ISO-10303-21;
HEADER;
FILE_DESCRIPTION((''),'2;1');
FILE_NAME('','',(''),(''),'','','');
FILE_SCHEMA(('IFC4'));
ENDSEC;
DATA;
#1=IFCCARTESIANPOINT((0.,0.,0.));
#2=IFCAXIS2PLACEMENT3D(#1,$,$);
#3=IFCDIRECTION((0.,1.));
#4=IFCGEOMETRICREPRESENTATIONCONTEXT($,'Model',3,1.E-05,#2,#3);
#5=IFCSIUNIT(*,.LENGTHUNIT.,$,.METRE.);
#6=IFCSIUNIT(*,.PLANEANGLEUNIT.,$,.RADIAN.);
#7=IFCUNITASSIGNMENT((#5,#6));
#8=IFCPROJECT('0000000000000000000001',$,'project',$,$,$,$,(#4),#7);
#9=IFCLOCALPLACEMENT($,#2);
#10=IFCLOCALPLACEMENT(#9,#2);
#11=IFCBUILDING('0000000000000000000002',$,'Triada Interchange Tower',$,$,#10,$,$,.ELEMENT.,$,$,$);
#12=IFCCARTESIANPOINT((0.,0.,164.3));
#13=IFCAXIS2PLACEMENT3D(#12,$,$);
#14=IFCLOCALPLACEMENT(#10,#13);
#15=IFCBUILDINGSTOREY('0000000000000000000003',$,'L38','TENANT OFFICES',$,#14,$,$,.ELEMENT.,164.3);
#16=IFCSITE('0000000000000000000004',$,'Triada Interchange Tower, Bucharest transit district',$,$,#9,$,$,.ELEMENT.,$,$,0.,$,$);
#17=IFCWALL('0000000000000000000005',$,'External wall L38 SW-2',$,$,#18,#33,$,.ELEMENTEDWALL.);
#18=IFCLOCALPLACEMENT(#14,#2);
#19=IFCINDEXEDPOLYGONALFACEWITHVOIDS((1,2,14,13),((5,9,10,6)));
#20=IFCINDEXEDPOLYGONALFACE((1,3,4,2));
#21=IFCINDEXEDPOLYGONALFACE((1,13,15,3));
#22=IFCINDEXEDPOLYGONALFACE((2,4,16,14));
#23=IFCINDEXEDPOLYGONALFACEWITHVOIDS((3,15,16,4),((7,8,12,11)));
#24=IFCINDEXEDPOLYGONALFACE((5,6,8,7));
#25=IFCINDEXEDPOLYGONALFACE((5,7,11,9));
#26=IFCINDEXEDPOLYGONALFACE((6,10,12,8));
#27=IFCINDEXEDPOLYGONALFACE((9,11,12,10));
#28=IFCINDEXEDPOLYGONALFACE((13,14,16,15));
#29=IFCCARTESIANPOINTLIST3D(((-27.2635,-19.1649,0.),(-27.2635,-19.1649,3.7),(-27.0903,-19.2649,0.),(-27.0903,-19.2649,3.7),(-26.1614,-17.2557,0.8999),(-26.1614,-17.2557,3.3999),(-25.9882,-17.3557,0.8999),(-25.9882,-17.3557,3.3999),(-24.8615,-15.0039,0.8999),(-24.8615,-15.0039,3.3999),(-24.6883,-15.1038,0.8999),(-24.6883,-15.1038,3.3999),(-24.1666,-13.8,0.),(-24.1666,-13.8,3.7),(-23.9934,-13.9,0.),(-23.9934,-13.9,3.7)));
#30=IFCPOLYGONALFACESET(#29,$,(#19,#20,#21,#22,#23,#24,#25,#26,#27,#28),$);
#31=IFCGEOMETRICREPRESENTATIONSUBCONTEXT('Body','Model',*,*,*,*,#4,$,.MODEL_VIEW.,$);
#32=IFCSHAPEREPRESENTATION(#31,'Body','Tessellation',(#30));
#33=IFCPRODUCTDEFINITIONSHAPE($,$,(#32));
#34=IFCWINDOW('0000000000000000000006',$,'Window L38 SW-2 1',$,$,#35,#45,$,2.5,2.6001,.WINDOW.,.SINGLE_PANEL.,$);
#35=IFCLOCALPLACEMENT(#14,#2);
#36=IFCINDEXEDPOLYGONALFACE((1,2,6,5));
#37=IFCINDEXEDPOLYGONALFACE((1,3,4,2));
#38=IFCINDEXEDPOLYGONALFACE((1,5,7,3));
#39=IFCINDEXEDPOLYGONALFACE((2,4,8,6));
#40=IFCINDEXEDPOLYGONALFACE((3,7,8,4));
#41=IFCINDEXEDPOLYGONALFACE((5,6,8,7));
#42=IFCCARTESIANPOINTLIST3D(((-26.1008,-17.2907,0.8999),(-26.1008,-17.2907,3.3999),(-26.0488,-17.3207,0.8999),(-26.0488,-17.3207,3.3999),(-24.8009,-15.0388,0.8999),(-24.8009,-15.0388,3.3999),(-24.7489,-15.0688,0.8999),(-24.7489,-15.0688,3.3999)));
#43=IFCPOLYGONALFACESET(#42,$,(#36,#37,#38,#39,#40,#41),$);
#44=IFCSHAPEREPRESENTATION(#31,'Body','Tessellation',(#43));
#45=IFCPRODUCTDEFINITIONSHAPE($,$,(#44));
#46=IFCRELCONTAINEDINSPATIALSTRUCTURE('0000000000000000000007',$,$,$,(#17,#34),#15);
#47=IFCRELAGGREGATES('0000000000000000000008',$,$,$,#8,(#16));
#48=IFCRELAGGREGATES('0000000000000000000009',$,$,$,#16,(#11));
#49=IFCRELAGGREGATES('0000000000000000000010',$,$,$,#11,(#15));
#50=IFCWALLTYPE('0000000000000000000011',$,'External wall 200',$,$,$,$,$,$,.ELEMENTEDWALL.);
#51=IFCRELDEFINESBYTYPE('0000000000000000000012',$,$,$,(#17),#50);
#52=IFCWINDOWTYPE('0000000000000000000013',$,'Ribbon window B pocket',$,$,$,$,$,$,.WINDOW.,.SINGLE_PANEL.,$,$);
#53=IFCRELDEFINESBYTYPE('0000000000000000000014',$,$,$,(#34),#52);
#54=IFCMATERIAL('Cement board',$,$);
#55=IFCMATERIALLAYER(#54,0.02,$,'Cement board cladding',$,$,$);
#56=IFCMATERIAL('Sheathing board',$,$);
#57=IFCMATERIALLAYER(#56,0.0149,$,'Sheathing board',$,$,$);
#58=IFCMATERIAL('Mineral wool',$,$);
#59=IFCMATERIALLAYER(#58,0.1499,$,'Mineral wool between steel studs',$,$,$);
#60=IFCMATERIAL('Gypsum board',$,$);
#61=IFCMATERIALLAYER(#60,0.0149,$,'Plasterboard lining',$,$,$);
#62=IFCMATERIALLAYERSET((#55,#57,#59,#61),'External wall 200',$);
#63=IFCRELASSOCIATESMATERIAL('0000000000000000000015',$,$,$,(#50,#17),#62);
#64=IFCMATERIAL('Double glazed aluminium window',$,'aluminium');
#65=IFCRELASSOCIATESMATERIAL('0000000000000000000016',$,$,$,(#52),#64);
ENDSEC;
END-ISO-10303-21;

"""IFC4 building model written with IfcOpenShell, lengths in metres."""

from ifc_helpers import new_model, si_unit, direction, frame, frame_2d, origin, place, context, subcontext, project, spatial, rectangle, extrude, material, layer, layer_set, layer_usage, type_object, element, fill, save


model = new_model("IFC4")

# Units and contexts
model_context = context("Model", 3, precision=1e-05, world=origin(), true_north=direction((0.0, 1.0)))
body_context = subcontext(model_context, "Body", "Model", "MODEL_VIEW")
ifc_project = project(units=[si_unit("LENGTHUNIT", "METRE"), si_unit("PLANEANGLEUNIT", "RADIAN")], contexts=[model_context])

# Site, building, storey
site_placement = place(None, origin())
site = spatial("IfcSite", under=ifc_project, at=site_placement, Name="Triada Interchange Tower, Bucharest transit district", CompositionType="ELEMENT", RefElevation=0.0)
building_placement = place(site_placement, origin())
building = spatial("IfcBuilding", under=site, at=building_placement, Name="Triada Interchange Tower", CompositionType="ELEMENT")
storey_placement = place(building_placement, frame((0.0, 0.0, 164.3)))
storey = spatial("IfcBuildingStorey", under=building, at=storey_placement, Name="L38", Description="TENANT OFFICES", CompositionType="ELEMENT", Elevation=164.3)

# Wall, opening, window
ifc_material_1 = material(Name="Cement board")
ifc_layer_1 = layer(ifc_material_1, 0.02, Name="Cement board cladding")
ifc_material_2 = material(Name="Sheathing board")
ifc_layer_2 = layer(ifc_material_2, 0.0149, Name="Sheathing board")
ifc_material_3 = material(Name="Mineral wool")
ifc_layer_3 = layer(ifc_material_3, 0.1499, Name="Mineral wool between steel studs")
ifc_material_4 = material(Name="Gypsum board")
ifc_layer_4 = layer(ifc_material_4, 0.0149, Name="Plasterboard lining")
ifc_layer_set_1 = layer_set([ifc_layer_1, ifc_layer_2, ifc_layer_3, ifc_layer_4], Name="External wall 200")
ifc_layer_usage = layer_usage(ifc_layer_set_1, "AXIS2", "POSITIVE", -0.1001)
wall_type_1 = type_object("IfcWallType", Name="External wall 200", PredefinedType="ELEMENTEDWALL", material=ifc_layer_set_1)
ifc_material_5 = material(Name="Double glazed aluminium window", Category="aluminium")
window_type_1 = type_object("IfcWindowType", Name="Ribbon window B pocket", PartitioningType="SINGLE_PANEL", PredefinedType="WINDOW", material=ifc_material_5)
wall_1_placement = place(storey_placement, frame((-24.0801, -13.8501, 0.0), z_axis=(0.0, 0.0, 1.0), x_axis=(-0.499933, -0.866064, 0.0)))
wall_1 = element("IfcWall", 1, at=wall_1_placement, inside=storey, type_object=wall_type_1, material=ifc_layer_usage, Name="External wall L38 SW-2", PredefinedType="ELEMENTEDWALL", context=body_context, shape_type="SweptSolid", body=[
    extrude(rectangle(XDim=6.1946, YDim=0.2, at=frame_2d((3.0972, 0.0))), origin(), (0.0, 0.0, 1.0), 3.7),
])
opening_1_placement = place(wall_1_placement, frame((1.3899, 0.0, 0.8999)))
opening_1 = element("IfcOpeningElement", 2, at=opening_1_placement, cuts=wall_1, PredefinedType="OPENING", context=body_context, shape_type="SweptSolid", body=[
    extrude(rectangle(XDim=2.6001, YDim=2.5, at=frame_2d((1.3, 1.25))), frame((0.0, 0.1099, 0.0), z_axis=(0.0, -1.0, 0.0), x_axis=(1.0, 0.0, 0.0)), (0.0, 0.0, 1.0), 0.22),
])
window_1_placement = place(opening_1_placement, origin())
window_1 = element("IfcWindow", 3, at=window_1_placement, inside=storey, type_object=window_type_1, Name="Window L38 SW-2 1", OverallHeight=2.5, OverallWidth=2.6001, PartitioningType="SINGLE_PANEL", PredefinedType="WINDOW", context=body_context, shape_type="SweptSolid", body=[
    extrude(rectangle(XDim=2.6001, YDim=2.5, at=frame_2d((1.3, 1.25))), frame((0.0, 0.03, 0.0), z_axis=(0.0, -1.0, 0.0), x_axis=(1.0, 0.0, 0.0)), (0.0, 0.0, 1.0), 0.0601),
])
fill(opening_1, window_1)

save(model, "model.ifc")
